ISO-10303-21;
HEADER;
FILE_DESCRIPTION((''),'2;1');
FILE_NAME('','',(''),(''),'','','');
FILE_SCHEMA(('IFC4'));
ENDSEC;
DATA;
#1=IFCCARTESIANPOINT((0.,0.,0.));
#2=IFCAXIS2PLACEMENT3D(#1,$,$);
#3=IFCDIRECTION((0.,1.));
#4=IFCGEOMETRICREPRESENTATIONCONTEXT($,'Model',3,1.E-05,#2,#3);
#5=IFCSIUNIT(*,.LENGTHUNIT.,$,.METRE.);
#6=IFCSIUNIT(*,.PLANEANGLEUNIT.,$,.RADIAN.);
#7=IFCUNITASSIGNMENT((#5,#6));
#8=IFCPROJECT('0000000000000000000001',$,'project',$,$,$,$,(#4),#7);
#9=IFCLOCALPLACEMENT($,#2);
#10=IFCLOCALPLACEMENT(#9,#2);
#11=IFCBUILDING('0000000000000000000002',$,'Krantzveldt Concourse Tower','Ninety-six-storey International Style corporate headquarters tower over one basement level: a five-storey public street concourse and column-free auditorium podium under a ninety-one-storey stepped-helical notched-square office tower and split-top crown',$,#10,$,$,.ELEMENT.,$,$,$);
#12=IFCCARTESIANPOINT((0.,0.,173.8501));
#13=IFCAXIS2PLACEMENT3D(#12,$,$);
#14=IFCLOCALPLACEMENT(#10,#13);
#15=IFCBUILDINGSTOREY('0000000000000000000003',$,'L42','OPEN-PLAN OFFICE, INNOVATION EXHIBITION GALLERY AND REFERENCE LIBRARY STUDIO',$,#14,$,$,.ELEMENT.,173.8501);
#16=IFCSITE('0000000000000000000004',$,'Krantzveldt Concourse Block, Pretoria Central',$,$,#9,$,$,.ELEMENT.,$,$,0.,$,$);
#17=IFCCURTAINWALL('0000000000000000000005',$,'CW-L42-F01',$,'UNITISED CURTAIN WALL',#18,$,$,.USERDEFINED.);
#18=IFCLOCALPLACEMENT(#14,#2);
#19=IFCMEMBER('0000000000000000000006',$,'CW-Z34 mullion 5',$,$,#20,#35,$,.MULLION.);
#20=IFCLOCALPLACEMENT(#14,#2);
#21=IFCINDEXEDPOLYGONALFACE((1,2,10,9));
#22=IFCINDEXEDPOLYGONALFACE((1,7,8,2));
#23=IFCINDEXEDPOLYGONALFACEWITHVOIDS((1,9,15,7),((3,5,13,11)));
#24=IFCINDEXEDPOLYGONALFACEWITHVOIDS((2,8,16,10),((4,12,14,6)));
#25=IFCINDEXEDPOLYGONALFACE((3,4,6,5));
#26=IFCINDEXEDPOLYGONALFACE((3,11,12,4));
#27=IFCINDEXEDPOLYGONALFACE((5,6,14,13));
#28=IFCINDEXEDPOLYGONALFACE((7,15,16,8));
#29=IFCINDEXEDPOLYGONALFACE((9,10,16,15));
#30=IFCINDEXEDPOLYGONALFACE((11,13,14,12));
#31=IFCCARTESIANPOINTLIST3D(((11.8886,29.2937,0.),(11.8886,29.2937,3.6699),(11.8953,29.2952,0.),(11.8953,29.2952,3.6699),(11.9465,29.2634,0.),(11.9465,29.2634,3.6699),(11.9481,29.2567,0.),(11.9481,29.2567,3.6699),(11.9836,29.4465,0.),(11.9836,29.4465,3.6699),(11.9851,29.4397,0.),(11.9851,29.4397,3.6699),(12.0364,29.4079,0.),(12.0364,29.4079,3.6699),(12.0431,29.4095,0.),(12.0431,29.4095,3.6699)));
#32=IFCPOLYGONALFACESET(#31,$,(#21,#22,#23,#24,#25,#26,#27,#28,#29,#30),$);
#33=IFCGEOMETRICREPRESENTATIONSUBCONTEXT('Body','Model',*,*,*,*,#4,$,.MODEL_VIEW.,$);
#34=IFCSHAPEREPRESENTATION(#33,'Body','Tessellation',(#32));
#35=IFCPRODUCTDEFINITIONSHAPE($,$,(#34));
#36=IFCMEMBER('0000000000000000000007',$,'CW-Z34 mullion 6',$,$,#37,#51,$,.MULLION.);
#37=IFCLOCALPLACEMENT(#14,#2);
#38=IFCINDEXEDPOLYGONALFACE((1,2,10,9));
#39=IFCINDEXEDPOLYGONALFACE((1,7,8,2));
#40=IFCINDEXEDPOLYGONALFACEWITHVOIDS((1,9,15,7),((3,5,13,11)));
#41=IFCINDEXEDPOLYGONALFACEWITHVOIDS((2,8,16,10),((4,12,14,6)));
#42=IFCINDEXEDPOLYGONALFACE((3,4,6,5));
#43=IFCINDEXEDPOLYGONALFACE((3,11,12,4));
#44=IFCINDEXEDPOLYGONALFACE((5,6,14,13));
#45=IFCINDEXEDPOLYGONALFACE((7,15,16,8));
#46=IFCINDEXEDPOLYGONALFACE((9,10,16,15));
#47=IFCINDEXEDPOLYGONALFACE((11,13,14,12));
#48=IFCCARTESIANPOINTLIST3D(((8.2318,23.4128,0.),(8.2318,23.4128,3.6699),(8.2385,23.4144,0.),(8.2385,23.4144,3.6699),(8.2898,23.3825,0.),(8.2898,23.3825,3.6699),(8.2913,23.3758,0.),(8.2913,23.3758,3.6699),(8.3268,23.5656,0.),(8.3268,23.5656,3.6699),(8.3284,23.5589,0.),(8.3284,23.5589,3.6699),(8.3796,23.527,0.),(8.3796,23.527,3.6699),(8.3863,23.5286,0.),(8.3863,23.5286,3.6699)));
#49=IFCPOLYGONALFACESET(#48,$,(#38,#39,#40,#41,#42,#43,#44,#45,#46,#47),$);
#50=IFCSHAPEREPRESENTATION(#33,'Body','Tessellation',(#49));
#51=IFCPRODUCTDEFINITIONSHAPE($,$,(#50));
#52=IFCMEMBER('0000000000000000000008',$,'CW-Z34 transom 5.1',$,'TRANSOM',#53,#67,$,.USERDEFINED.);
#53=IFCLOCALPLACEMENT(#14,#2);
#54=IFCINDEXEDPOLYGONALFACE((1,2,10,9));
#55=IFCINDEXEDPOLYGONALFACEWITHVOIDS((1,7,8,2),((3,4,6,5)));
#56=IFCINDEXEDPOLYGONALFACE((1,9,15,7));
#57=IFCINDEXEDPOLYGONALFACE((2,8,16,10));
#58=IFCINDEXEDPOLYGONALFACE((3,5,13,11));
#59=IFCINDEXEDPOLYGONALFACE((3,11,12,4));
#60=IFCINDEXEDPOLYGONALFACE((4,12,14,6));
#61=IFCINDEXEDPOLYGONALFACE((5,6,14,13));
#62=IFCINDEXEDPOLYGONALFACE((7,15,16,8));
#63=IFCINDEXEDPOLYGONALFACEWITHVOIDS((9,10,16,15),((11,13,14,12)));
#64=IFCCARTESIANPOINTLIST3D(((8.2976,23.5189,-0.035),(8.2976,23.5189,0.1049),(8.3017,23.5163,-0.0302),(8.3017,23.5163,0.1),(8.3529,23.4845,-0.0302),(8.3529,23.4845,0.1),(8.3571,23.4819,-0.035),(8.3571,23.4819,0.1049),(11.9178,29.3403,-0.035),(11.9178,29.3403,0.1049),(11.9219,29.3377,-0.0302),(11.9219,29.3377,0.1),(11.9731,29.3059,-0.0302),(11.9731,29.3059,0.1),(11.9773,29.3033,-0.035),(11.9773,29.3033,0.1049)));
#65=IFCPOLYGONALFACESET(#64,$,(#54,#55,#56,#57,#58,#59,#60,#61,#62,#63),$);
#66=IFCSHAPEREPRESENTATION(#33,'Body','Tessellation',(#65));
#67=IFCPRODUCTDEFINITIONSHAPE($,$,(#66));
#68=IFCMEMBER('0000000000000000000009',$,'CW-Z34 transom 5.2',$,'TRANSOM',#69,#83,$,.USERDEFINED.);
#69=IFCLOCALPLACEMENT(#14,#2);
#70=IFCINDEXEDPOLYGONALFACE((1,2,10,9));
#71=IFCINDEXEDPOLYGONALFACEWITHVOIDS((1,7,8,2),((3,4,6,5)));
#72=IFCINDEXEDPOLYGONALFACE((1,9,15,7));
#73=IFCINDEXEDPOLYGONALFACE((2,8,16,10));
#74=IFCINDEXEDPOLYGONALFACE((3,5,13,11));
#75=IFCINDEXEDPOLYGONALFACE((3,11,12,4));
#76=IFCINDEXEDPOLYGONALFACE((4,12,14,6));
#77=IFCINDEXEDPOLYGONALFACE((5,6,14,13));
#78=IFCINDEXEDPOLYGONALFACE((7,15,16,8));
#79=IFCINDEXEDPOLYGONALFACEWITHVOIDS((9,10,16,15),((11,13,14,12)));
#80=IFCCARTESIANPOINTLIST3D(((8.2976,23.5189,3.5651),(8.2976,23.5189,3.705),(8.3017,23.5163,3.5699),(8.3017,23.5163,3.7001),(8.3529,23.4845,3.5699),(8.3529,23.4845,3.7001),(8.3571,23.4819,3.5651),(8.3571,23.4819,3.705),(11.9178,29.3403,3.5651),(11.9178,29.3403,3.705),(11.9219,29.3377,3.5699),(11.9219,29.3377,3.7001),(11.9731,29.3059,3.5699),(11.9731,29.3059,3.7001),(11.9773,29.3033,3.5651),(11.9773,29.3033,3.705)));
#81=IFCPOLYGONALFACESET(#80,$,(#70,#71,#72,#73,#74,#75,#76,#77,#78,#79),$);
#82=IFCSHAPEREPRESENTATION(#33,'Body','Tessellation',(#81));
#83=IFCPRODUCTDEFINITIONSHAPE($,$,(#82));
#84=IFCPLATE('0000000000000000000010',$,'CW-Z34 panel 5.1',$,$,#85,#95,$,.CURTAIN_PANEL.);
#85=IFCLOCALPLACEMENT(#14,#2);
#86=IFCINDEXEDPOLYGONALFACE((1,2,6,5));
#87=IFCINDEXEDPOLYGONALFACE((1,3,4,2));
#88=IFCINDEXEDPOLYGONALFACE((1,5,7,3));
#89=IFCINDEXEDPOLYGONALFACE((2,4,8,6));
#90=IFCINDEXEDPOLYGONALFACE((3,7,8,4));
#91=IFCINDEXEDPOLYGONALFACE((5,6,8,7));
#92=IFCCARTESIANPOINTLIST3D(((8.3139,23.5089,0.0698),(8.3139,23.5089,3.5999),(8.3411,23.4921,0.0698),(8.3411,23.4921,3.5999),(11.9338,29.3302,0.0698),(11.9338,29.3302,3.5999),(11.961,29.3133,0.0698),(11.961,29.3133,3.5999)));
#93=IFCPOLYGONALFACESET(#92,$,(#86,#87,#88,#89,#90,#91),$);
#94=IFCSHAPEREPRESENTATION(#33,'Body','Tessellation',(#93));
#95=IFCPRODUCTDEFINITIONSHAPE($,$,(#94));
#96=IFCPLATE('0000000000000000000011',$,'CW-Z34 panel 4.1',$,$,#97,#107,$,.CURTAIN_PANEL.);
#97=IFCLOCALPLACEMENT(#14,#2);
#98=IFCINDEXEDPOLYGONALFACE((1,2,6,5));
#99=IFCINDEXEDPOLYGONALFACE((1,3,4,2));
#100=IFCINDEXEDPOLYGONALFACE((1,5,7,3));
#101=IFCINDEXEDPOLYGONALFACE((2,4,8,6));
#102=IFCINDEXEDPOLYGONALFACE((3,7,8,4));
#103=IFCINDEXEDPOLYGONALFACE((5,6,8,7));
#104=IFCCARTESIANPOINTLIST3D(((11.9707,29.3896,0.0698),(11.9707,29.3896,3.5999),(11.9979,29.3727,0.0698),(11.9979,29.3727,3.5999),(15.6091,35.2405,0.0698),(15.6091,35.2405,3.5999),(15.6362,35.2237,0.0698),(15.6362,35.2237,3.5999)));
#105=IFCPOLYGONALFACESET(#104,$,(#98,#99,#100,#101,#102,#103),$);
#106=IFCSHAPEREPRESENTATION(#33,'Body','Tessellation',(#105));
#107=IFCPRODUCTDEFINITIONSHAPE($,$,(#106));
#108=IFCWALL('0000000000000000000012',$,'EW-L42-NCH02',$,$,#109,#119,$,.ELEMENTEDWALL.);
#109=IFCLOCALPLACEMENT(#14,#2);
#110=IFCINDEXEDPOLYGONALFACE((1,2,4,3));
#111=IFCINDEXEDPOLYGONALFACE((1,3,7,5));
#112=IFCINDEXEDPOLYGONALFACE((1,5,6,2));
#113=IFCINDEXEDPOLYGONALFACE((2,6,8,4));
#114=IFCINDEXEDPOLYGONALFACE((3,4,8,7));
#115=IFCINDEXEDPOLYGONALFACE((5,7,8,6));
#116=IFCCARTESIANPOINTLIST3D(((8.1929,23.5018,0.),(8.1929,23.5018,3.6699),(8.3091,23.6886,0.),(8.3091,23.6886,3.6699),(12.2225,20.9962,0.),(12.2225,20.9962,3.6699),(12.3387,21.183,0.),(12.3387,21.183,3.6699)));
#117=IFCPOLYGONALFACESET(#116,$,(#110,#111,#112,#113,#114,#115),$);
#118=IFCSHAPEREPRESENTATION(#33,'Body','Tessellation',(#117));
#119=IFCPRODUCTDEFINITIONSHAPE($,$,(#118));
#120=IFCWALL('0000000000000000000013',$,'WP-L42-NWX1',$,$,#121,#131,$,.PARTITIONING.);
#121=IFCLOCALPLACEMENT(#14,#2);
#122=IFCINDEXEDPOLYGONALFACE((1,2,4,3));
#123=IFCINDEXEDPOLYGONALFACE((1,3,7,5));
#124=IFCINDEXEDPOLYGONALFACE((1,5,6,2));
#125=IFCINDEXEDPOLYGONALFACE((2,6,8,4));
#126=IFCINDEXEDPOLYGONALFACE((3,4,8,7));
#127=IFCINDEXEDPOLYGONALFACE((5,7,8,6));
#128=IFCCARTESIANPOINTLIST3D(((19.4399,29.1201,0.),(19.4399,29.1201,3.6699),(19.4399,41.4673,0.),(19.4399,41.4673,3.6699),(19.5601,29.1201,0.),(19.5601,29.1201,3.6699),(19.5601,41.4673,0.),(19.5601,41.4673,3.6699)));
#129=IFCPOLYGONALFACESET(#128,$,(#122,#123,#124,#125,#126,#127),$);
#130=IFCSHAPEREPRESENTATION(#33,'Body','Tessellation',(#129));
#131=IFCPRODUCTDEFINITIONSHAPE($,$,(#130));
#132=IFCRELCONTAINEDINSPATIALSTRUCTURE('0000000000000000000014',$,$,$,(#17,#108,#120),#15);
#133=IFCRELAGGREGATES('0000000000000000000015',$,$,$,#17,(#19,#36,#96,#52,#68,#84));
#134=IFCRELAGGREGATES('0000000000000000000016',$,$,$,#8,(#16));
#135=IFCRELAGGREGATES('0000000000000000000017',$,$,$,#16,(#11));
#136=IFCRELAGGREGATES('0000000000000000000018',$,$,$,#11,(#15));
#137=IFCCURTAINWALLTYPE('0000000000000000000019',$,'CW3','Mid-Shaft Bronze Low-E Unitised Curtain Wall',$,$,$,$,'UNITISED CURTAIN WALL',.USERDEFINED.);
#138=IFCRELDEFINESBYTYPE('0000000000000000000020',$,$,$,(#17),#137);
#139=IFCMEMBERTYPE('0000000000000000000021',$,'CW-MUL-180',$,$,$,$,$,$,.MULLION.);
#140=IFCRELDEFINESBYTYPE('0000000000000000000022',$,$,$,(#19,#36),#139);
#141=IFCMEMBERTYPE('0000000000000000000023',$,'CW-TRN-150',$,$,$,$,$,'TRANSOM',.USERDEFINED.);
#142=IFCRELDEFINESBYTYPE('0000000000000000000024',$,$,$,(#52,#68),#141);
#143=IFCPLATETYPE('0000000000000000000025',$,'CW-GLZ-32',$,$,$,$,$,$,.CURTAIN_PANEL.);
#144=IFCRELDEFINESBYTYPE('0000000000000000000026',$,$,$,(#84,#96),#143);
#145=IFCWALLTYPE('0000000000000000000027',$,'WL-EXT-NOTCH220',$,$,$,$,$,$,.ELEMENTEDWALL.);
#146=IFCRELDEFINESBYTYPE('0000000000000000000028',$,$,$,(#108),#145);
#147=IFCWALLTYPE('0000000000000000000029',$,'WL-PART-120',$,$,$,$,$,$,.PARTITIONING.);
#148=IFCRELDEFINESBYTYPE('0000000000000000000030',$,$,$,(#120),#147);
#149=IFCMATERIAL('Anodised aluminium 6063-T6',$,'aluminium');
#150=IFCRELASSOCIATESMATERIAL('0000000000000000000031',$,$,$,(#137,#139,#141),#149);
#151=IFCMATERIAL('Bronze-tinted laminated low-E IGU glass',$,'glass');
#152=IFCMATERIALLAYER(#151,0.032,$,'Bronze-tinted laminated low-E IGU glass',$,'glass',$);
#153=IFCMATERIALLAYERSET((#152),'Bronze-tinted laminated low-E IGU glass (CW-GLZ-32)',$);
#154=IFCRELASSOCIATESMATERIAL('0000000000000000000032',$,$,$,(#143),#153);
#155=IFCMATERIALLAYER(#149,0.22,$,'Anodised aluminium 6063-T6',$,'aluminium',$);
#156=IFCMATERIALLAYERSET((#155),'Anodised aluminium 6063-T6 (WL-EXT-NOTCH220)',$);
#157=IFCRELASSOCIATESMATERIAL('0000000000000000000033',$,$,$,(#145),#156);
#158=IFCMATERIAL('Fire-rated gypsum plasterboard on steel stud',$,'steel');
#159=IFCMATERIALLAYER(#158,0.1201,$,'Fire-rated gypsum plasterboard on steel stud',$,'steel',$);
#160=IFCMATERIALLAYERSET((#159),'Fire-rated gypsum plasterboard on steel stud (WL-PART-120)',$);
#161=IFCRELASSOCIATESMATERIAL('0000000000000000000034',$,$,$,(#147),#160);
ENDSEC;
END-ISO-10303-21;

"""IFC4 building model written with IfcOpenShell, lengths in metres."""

from ifc_helpers import new_model, si_unit, direction, frame, frame_2d, origin, origin_2d, place, context, subcontext, project, spatial, rectangle, hollow_rectangle, extrude, source, transform, mapped, material, layer, layer_set, material_profile, profile_set, type_object, type_shapes, element, aggregate, save


model = new_model("IFC4")

# Units and contexts
model_context = context("Model", 3, precision=1e-05, world=origin(), true_north=direction((0.0, 1.0)))
body_context = subcontext(model_context, "Body", "Model", "MODEL_VIEW")
ifc_project = project(units=[si_unit("LENGTHUNIT", "METRE"), si_unit("PLANEANGLEUNIT", "RADIAN")], contexts=[model_context])

# Site, building, storey
site_placement = place(None, origin())
site = spatial("IfcSite", under=ifc_project, at=site_placement, Name="Krantzveldt Concourse Block, Pretoria Central", CompositionType="ELEMENT", RefElevation=0.0)
building_placement = place(site_placement, origin())
building = spatial("IfcBuilding", under=site, at=building_placement, Name="Krantzveldt Concourse Tower", Description="Ninety-six-storey International Style corporate headquarters tower over one basement level: a five-storey public street concourse and column-free auditorium podium under a ninety-one-storey stepped-helical notched-square office tower and split-top crown", CompositionType="ELEMENT")
storey_placement = place(building_placement, frame((0.0, 0.0, 173.8501)))
storey = spatial("IfcBuildingStorey", under=building, at=storey_placement, Name="L42", Description="OPEN-PLAN OFFICE, INNOVATION EXHIBITION GALLERY AND REFERENCE LIBRARY STUDIO", CompositionType="ELEMENT", Elevation=173.8501)

# Curtain wall, members, plates
ifc_material_1 = material(Name="Anodised aluminium 6063-T6", Category="aluminium")
curtain_wall_type = type_object("IfcCurtainWallType", Name="CW3", Description="Mid-Shaft Bronze Low-E Unitised Curtain Wall", ElementType="UNITISED CURTAIN WALL", PredefinedType="USERDEFINED", material=ifc_material_1)
curtain_wall_placement = place(storey_placement, origin())
curtain_wall = element("IfcCurtainWall", 1, at=curtain_wall_placement, inside=storey, type_object=curtain_wall_type, Name="CW-L42-F01", ObjectType="UNITISED CURTAIN WALL", PredefinedType="USERDEFINED")
ifc_material_profile_1 = material_profile(ifc_material_1, hollow_rectangle(XDim=0.0701, YDim=0.1799, WallThickness=0.0049, at=origin_2d()), Name="Anodised aluminium 6063-T6", Category="aluminium")
ifc_profile_set_1 = profile_set([ifc_material_profile_1], Name="Anodised aluminium 6063-T6 - ALU-MULL 180x70x5")
member_type_1 = type_object("IfcMemberType", Name="CW-MUL-180", PredefinedType="MULLION", material=ifc_profile_set_1)
shared_shape_1 = source(origin(), body_context, "Body", "SweptSolid", [
    extrude(hollow_rectangle(XDim=0.0701, YDim=0.1799, WallThickness=0.0049, at=origin_2d()), origin(), (0.0, 0.0, 1.0), 3.6699),
])
type_shapes(member_type_1, [shared_shape_1])
member_1_placement = place(storey_placement, frame((11.9658, 29.3516, 0.0), z_axis=(0.0, 0.0, 1.0), x_axis=(0.849202, -0.528068, 0.0)))
member_1 = element("IfcMember", 2, at=member_1_placement, type_object=member_type_1, Name="CW-Z34 mullion 5", PredefinedType="MULLION", context=body_context, shape_type="MappedRepresentation", body=[
    mapped(shared_shape_1, transform((0.0, 0.0, 0.0), x_axis=(1.0, 0.0, 0.0), y_axis=(0.0, 1.0, 0.0), z_axis=(0.0, 0.0, 1.0), scale=1.0)),
])
member_2_placement = place(storey_placement, frame((8.3091, 23.4707, 0.0), z_axis=(0.0, 0.0, 1.0), x_axis=(0.849202, -0.528068, 0.0)))
member_2 = element("IfcMember", 3, at=member_2_placement, type_object=member_type_1, Name="CW-Z34 mullion 6", PredefinedType="MULLION", context=body_context, shape_type="MappedRepresentation", body=[
    mapped(shared_shape_1, transform((0.0, 0.0, 0.0), x_axis=(1.0, 0.0, 0.0), y_axis=(0.0, 1.0, 0.0), z_axis=(0.0, 0.0, 1.0), scale=1.0)),
])
ifc_material_profile_2 = material_profile(ifc_material_1, hollow_rectangle(XDim=0.0701, YDim=0.1399, WallThickness=0.0049, at=origin_2d()), Name="Anodised aluminium 6063-T6", Category="aluminium")
ifc_profile_set_2 = profile_set([ifc_material_profile_2], Name="Anodised aluminium 6063-T6 - ALU-TRAN 140x70x5")
member_type_2 = type_object("IfcMemberType", Name="CW-TRN-150", ElementType="TRANSOM", PredefinedType="USERDEFINED", material=ifc_profile_set_2)
shared_shape_2 = source(origin(), body_context, "Body", "SweptSolid", [
    extrude(hollow_rectangle(XDim=0.0701, YDim=0.1399, WallThickness=0.0049, at=origin_2d()), origin(), (0.0, 0.0, 1.0), 6.8552),
])
type_shapes(member_type_2, [shared_shape_2])
member_3_placement = place(storey_placement, frame((11.9475, 29.3218, 0.0349), z_axis=(-0.52809, -0.849189, 0.0), x_axis=(0.849189, -0.52809, 0.0)))
member_3 = element("IfcMember", 4, at=member_3_placement, type_object=member_type_2, Name="CW-Z34 transom 5.1", ObjectType="TRANSOM", PredefinedType="USERDEFINED", context=body_context, shape_type="MappedRepresentation", body=[
    mapped(shared_shape_2, transform((0.0, 0.0, 0.0), x_axis=(1.0, 0.0, 0.0), y_axis=(0.0, 1.0, 0.0), z_axis=(0.0, 0.0, 1.0), scale=1.0)),
])
member_4_placement = place(storey_placement, frame((11.9475, 29.3218, 3.635), z_axis=(-0.52809, -0.849189, 0.0), x_axis=(0.849189, -0.52809, 0.0)))
member_4 = element("IfcMember", 5, at=member_4_placement, type_object=member_type_2, Name="CW-Z34 transom 5.2", ObjectType="TRANSOM", PredefinedType="USERDEFINED", context=body_context, shape_type="MappedRepresentation", body=[
    mapped(shared_shape_2, transform((0.0, 0.0, 0.0), x_axis=(1.0, 0.0, 0.0), y_axis=(0.0, 1.0, 0.0), z_axis=(0.0, 0.0, 1.0), scale=1.0)),
])
ifc_material_2 = material(Name="Bronze-tinted laminated low-E IGU glass", Category="glass")
ifc_layer_1 = layer(ifc_material_2, 0.032, Name="Bronze-tinted laminated low-E IGU glass", Category="glass")
ifc_layer_set_1 = layer_set([ifc_layer_1], Name="Bronze-tinted laminated low-E IGU glass (CW-GLZ-32)")
plate_type = type_object("IfcPlateType", Name="CW-GLZ-32", PredefinedType="CURTAIN_PANEL", material=ifc_layer_set_1)
shared_shape_3 = source(origin(), body_context, "Body", "SweptSolid", [
    extrude(rectangle(XDim=6.855, YDim=0.032, at=origin_2d()), origin(), (0.0, 0.0, 1.0), 3.53),
])
plate_1_placement = place(storey_placement, frame((10.1375, 26.4111, 0.0698), z_axis=(0.0, 0.0, 1.0), x_axis=(-0.528068, -0.849202, 0.0)))
plate_1 = element("IfcPlate", 6, at=plate_1_placement, type_object=plate_type, Name="CW-Z34 panel 5.1", PredefinedType="CURTAIN_PANEL", context=body_context, shape_type="MappedRepresentation", body=[
    mapped(shared_shape_3, transform((0.0, 0.0, 0.0), x_axis=(1.0, 0.0, 0.0), y_axis=(0.0, 1.0, 0.0), z_axis=(0.0, 0.0, 1.0), scale=1.0)),
])
shared_shape_4 = source(origin(), body_context, "Body", "SweptSolid", [
    extrude(rectangle(XDim=6.8899, YDim=0.032, at=origin_2d()), origin(), (0.0, 0.0, 1.0), 3.53),
])
type_shapes(plate_type, [shared_shape_3, shared_shape_4])
plate_2_placement = place(storey_placement, frame((13.8035, 32.3066, 0.0698), z_axis=(0.0, 0.0, 1.0), x_axis=(-0.528068, -0.849202, 0.0)))
plate_2 = element("IfcPlate", 7, at=plate_2_placement, type_object=plate_type, Name="CW-Z34 panel 4.1", PredefinedType="CURTAIN_PANEL", context=body_context, shape_type="MappedRepresentation", body=[
    mapped(shared_shape_4, transform((0.0, 0.0, 0.0), x_axis=(1.0, 0.0, 0.0), y_axis=(0.0, 1.0, 0.0), z_axis=(0.0, 0.0, 1.0), scale=1.0)),
])
aggregate(curtain_wall, [member_1, member_2, plate_2, member_3, member_4, plate_1])

# Walls
ifc_layer_2 = layer(ifc_material_1, 0.22, Name="Anodised aluminium 6063-T6", Category="aluminium")
ifc_layer_set_2 = layer_set([ifc_layer_2], Name="Anodised aluminium 6063-T6 (WL-EXT-NOTCH220)")
wall_type_1 = type_object("IfcWallType", Name="WL-EXT-NOTCH220", PredefinedType="ELEMENTEDWALL", material=ifc_layer_set_2)
wall_1_placement = place(storey_placement, frame((8.251, 23.5952, 0.0), z_axis=(0.0, 0.0, 1.0), x_axis=(0.849213, -0.52805, 0.0)))
element("IfcWall", 8, at=wall_1_placement, inside=storey, type_object=wall_type_1, Name="EW-L42-NCH02", PredefinedType="ELEMENTEDWALL", context=body_context, shape_type="SweptSolid", body=[
    extrude(rectangle(XDim=4.7451, YDim=0.22, at=frame_2d((2.3726, 0.0))), origin(), (0.0, 0.0, 1.0), 3.6699),
])
ifc_material_3 = material(Name="Fire-rated gypsum plasterboard on steel stud", Category="steel")
ifc_layer_3 = layer(ifc_material_3, 0.1201, Name="Fire-rated gypsum plasterboard on steel stud", Category="steel")
ifc_layer_set_3 = layer_set([ifc_layer_3], Name="Fire-rated gypsum plasterboard on steel stud (WL-PART-120)")
wall_type_2 = type_object("IfcWallType", Name="WL-PART-120", PredefinedType="PARTITIONING", material=ifc_layer_set_3)
wall_2_placement = place(storey_placement, frame((19.5, 29.1201, 0.0), z_axis=(0.0, 0.0, 1.0), x_axis=(0.0, 1.0, 0.0)))
element("IfcWall", 9, at=wall_2_placement, inside=storey, type_object=wall_type_2, Name="WP-L42-NWX1", PredefinedType="PARTITIONING", context=body_context, shape_type="SweptSolid", body=[
    extrude(rectangle(XDim=12.3472, YDim=0.1201, at=frame_2d((6.1736, 0.0))), origin(), (0.0, 0.0, 1.0), 3.6699),
])

save(model, "model.ifc")
